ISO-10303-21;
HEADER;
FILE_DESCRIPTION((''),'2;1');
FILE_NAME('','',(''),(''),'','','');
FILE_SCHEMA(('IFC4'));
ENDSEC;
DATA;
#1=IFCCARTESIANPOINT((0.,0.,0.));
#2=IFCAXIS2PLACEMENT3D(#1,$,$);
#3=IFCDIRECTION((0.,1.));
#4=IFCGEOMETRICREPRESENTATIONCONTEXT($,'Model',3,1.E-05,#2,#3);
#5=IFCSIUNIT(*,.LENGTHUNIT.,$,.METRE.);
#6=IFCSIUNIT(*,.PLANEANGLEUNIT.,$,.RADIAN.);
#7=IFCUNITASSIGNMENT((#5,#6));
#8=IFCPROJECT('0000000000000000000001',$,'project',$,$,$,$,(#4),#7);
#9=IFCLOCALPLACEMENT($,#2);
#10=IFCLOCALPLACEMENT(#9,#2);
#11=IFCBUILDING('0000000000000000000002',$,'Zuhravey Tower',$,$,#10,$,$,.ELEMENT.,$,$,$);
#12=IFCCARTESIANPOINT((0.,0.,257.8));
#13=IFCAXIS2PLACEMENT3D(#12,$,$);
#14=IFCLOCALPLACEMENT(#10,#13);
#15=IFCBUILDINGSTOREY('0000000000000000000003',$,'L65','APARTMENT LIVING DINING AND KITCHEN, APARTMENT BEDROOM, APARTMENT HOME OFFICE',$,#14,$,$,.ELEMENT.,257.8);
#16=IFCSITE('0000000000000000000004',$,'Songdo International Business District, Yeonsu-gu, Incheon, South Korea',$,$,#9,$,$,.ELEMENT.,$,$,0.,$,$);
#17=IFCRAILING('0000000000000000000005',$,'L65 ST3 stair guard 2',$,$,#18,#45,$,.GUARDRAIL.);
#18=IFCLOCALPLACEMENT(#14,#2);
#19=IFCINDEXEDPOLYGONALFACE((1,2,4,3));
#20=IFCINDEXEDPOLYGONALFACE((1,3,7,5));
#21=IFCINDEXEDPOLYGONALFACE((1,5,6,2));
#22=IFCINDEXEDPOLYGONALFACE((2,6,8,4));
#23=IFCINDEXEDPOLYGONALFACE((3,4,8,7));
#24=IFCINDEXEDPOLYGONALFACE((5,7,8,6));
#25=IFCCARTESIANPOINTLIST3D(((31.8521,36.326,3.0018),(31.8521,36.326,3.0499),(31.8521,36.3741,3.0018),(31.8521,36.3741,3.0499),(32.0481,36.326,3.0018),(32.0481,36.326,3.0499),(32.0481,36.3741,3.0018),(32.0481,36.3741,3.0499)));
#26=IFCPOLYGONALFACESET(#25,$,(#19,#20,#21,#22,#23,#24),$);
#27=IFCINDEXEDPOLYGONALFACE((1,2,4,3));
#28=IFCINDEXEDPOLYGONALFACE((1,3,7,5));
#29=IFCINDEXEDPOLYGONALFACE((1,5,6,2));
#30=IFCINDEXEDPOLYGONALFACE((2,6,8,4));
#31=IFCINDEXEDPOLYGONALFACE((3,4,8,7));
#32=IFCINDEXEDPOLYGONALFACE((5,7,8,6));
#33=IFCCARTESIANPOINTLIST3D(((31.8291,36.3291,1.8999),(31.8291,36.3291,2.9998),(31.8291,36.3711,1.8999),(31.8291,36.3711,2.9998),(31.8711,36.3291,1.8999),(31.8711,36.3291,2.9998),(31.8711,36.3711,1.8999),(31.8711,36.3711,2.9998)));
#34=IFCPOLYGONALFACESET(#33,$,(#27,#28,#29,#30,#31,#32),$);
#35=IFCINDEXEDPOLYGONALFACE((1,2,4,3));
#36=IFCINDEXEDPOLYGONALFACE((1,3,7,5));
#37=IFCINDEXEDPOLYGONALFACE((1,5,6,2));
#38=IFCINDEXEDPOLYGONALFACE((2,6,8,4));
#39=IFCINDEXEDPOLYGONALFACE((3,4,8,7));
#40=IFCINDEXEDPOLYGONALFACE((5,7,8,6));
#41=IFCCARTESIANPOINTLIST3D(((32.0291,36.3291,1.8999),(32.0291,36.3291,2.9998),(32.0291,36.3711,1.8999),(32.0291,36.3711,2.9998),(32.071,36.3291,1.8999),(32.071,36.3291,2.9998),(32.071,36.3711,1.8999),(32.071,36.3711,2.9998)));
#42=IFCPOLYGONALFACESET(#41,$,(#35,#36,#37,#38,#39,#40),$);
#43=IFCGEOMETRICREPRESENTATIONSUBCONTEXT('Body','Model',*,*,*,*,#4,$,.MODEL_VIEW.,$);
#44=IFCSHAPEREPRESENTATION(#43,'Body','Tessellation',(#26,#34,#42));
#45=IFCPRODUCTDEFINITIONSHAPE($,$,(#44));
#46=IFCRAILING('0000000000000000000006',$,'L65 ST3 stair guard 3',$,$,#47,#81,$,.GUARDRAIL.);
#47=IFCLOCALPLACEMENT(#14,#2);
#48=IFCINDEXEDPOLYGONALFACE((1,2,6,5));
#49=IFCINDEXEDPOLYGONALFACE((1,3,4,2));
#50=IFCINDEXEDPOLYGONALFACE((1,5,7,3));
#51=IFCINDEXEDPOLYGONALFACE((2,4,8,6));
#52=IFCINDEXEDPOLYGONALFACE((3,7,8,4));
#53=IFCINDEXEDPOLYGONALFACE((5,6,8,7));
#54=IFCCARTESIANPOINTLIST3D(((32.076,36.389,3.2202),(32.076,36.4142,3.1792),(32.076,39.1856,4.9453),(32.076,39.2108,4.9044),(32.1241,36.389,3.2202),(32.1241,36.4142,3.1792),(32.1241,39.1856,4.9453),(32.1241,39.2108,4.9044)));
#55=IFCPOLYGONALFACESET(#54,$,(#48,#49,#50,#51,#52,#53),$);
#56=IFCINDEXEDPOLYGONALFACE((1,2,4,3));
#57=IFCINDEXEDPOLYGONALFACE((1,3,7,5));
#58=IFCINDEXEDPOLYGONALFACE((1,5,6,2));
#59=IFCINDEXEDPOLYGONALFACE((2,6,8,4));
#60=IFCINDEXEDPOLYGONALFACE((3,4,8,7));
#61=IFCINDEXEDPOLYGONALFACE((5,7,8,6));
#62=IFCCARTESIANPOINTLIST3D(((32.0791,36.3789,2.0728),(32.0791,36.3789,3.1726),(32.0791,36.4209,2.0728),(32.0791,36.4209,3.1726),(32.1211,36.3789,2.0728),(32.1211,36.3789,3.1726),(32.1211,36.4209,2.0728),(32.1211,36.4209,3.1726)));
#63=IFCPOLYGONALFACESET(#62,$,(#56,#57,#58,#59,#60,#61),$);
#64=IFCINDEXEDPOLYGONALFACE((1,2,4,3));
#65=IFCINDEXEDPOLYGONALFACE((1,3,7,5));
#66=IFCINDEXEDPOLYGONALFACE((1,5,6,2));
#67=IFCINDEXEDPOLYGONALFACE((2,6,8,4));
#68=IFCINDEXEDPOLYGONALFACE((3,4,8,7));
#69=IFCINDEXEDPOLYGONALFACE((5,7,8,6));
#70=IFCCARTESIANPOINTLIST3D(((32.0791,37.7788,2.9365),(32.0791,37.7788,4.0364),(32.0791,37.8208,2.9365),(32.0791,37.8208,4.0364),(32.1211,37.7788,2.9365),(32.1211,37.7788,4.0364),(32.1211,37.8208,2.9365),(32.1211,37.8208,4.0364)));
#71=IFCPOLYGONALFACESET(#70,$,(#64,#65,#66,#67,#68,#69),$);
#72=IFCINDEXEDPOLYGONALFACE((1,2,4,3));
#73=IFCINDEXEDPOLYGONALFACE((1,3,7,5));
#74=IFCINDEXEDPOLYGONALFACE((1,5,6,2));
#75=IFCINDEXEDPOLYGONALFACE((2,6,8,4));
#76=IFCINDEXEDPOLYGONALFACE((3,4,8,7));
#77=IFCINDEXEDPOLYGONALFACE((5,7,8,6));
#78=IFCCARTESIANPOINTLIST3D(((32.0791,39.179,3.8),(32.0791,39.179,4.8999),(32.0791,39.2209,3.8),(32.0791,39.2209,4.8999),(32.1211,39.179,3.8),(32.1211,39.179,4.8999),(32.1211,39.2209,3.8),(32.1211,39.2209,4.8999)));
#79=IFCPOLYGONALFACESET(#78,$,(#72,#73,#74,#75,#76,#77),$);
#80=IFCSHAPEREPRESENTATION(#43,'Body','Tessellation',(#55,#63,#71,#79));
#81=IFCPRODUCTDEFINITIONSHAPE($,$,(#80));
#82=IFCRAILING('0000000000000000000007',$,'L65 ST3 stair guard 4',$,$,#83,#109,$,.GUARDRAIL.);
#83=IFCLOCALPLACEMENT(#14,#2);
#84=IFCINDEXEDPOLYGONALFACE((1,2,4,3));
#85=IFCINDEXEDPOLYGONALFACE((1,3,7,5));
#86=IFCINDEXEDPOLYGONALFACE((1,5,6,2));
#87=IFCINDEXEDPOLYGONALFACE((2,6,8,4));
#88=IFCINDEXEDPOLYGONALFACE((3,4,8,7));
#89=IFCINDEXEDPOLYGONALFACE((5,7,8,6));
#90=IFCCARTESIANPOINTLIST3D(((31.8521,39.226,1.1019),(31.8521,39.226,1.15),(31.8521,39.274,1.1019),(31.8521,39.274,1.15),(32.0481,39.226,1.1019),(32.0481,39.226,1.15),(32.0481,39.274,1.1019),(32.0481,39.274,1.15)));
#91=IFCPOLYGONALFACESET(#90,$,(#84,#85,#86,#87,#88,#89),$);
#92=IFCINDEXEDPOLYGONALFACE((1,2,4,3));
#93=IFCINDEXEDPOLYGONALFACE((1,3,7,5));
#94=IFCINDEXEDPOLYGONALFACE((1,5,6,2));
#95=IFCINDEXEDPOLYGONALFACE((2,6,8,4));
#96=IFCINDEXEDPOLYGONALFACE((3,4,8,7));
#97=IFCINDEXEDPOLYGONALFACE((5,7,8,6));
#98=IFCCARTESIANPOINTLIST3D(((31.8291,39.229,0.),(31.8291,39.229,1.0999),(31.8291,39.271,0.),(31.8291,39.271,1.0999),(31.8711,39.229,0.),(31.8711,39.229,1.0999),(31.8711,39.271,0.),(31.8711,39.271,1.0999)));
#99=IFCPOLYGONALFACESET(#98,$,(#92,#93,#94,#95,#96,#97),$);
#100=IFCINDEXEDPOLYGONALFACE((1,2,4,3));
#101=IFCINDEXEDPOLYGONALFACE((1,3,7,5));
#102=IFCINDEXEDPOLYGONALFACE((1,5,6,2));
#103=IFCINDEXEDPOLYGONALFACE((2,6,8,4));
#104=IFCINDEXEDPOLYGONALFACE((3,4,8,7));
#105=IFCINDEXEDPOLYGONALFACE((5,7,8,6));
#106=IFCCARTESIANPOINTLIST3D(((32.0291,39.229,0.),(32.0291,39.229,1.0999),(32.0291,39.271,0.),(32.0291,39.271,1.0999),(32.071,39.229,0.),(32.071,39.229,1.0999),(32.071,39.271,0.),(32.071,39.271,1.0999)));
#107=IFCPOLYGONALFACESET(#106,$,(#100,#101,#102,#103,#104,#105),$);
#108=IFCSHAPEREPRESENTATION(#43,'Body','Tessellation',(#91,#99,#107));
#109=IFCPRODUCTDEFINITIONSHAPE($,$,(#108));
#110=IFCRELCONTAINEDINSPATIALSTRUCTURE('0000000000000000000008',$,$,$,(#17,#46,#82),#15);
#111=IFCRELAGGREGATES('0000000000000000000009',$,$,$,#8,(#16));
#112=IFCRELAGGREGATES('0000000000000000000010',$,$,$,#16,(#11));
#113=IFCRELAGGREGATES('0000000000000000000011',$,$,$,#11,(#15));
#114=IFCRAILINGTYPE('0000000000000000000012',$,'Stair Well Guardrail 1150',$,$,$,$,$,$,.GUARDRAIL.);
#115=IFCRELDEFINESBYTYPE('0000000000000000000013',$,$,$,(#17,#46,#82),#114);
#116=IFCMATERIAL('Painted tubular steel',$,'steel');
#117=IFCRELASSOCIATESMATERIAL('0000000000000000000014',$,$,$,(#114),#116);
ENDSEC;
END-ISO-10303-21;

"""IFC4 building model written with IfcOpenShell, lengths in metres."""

from ifc_helpers import new_model, si_unit, direction, frame, origin, origin_2d, place, context, subcontext, project, spatial, rectangle, extrude, material, type_object, element, save


model = new_model("IFC4")

# Units and contexts
model_context = context("Model", 3, precision=1e-05, world=origin(), true_north=direction((0.0, 1.0)))
body_context = subcontext(model_context, "Body", "Model", "MODEL_VIEW")
ifc_project = project(units=[si_unit("LENGTHUNIT", "METRE"), si_unit("PLANEANGLEUNIT", "RADIAN")], contexts=[model_context])

# Site, building, storey
site_placement = place(None, origin())
site = spatial("IfcSite", under=ifc_project, at=site_placement, Name="Songdo International Business District, Yeonsu-gu, Incheon, South Korea", CompositionType="ELEMENT", RefElevation=0.0)
building_placement = place(site_placement, origin())
building = spatial("IfcBuilding", under=site, at=building_placement, Name="Zuhravey Tower", CompositionType="ELEMENT")
storey_placement = place(building_placement, frame((0.0, 0.0, 257.8)))
storey = spatial("IfcBuildingStorey", under=building, at=storey_placement, Name="L65", Description="APARTMENT LIVING DINING AND KITCHEN, APARTMENT BEDROOM, APARTMENT HOME OFFICE", CompositionType="ELEMENT", Elevation=257.8)

# Railings
ifc_material_1 = material(Name="Painted tubular steel", Category="steel")
railing_type_1 = type_object("IfcRailingType", Name="Stair Well Guardrail 1150", PredefinedType="GUARDRAIL", material=ifc_material_1)
railing_1_placement = place(storey_placement, frame((31.8501, 36.3501, 1.8999)))
element("IfcRailing", 1, at=railing_1_placement, inside=storey, type_object=railing_type_1, Name="L65 ST3 stair guard 2", PredefinedType="GUARDRAIL", context=body_context, shape_type="SweptSolid", body=[
    extrude(rectangle(XDim=0.0481, YDim=0.0481, at=origin_2d()), frame((0.002, 0.0, 1.126), z_axis=(1.0, 0.0, 0.0), x_axis=(0.0, 1.0, 0.0)), (0.0, 0.0, 1.0), 0.196),
    extrude(rectangle(XDim=0.042, YDim=0.042, at=origin_2d()), origin(), (0.0, 0.0, 1.0), 1.0999),
    extrude(rectangle(XDim=0.042, YDim=0.042, at=origin_2d()), frame((0.2, 0.0, 0.0)), (0.0, 0.0, 1.0), 1.0999),
])
railing_2_placement = place(storey_placement, frame((32.1001, 36.3999, 2.0728)))
element("IfcRailing", 2, at=railing_2_placement, inside=storey, type_object=railing_type_1, Name="L65 ST3 stair guard 3", PredefinedType="GUARDRAIL", context=body_context, shape_type="SweptSolid", body=[
    extrude(rectangle(XDim=0.0481, YDim=0.0481, at=origin_2d()), frame((0.0, 0.0017, 1.127), z_axis=(0.0, 0.85109, 0.52502), x_axis=(-1.0, 0.0, 0.0)), (0.0, 0.0, 1.0), 3.2859),
    extrude(rectangle(XDim=0.042, YDim=0.042, at=origin_2d()), origin(), (0.0, 0.0, 1.0), 1.0999),
    extrude(rectangle(XDim=0.042, YDim=0.042, at=origin_2d()), frame((0.0, 1.3999, 0.8638)), (0.0, 0.0, 1.0), 1.0999),
    extrude(rectangle(XDim=0.042, YDim=0.042, at=origin_2d()), frame((0.0, 2.8, 1.7273)), (0.0, 0.0, 1.0), 1.0999),
])
railing_3_placement = place(storey_placement, frame((31.8501, 39.25, 0.0)))
element("IfcRailing", 3, at=railing_3_placement, inside=storey, type_object=railing_type_1, Name="L65 ST3 stair guard 4", PredefinedType="GUARDRAIL", context=body_context, shape_type="SweptSolid", body=[
    extrude(rectangle(XDim=0.0481, YDim=0.0481, at=origin_2d()), frame((0.002, 0.0, 1.126), z_axis=(1.0, 0.0, 0.0), x_axis=(0.0, 1.0, 0.0)), (0.0, 0.0, 1.0), 0.196),
    extrude(rectangle(XDim=0.042, YDim=0.042, at=origin_2d()), origin(), (0.0, 0.0, 1.0), 1.0999),
    extrude(rectangle(XDim=0.042, YDim=0.042, at=origin_2d()), frame((0.2, 0.0, 0.0)), (0.0, 0.0, 1.0), 1.0999),
])

save(model, "model.ifc")
